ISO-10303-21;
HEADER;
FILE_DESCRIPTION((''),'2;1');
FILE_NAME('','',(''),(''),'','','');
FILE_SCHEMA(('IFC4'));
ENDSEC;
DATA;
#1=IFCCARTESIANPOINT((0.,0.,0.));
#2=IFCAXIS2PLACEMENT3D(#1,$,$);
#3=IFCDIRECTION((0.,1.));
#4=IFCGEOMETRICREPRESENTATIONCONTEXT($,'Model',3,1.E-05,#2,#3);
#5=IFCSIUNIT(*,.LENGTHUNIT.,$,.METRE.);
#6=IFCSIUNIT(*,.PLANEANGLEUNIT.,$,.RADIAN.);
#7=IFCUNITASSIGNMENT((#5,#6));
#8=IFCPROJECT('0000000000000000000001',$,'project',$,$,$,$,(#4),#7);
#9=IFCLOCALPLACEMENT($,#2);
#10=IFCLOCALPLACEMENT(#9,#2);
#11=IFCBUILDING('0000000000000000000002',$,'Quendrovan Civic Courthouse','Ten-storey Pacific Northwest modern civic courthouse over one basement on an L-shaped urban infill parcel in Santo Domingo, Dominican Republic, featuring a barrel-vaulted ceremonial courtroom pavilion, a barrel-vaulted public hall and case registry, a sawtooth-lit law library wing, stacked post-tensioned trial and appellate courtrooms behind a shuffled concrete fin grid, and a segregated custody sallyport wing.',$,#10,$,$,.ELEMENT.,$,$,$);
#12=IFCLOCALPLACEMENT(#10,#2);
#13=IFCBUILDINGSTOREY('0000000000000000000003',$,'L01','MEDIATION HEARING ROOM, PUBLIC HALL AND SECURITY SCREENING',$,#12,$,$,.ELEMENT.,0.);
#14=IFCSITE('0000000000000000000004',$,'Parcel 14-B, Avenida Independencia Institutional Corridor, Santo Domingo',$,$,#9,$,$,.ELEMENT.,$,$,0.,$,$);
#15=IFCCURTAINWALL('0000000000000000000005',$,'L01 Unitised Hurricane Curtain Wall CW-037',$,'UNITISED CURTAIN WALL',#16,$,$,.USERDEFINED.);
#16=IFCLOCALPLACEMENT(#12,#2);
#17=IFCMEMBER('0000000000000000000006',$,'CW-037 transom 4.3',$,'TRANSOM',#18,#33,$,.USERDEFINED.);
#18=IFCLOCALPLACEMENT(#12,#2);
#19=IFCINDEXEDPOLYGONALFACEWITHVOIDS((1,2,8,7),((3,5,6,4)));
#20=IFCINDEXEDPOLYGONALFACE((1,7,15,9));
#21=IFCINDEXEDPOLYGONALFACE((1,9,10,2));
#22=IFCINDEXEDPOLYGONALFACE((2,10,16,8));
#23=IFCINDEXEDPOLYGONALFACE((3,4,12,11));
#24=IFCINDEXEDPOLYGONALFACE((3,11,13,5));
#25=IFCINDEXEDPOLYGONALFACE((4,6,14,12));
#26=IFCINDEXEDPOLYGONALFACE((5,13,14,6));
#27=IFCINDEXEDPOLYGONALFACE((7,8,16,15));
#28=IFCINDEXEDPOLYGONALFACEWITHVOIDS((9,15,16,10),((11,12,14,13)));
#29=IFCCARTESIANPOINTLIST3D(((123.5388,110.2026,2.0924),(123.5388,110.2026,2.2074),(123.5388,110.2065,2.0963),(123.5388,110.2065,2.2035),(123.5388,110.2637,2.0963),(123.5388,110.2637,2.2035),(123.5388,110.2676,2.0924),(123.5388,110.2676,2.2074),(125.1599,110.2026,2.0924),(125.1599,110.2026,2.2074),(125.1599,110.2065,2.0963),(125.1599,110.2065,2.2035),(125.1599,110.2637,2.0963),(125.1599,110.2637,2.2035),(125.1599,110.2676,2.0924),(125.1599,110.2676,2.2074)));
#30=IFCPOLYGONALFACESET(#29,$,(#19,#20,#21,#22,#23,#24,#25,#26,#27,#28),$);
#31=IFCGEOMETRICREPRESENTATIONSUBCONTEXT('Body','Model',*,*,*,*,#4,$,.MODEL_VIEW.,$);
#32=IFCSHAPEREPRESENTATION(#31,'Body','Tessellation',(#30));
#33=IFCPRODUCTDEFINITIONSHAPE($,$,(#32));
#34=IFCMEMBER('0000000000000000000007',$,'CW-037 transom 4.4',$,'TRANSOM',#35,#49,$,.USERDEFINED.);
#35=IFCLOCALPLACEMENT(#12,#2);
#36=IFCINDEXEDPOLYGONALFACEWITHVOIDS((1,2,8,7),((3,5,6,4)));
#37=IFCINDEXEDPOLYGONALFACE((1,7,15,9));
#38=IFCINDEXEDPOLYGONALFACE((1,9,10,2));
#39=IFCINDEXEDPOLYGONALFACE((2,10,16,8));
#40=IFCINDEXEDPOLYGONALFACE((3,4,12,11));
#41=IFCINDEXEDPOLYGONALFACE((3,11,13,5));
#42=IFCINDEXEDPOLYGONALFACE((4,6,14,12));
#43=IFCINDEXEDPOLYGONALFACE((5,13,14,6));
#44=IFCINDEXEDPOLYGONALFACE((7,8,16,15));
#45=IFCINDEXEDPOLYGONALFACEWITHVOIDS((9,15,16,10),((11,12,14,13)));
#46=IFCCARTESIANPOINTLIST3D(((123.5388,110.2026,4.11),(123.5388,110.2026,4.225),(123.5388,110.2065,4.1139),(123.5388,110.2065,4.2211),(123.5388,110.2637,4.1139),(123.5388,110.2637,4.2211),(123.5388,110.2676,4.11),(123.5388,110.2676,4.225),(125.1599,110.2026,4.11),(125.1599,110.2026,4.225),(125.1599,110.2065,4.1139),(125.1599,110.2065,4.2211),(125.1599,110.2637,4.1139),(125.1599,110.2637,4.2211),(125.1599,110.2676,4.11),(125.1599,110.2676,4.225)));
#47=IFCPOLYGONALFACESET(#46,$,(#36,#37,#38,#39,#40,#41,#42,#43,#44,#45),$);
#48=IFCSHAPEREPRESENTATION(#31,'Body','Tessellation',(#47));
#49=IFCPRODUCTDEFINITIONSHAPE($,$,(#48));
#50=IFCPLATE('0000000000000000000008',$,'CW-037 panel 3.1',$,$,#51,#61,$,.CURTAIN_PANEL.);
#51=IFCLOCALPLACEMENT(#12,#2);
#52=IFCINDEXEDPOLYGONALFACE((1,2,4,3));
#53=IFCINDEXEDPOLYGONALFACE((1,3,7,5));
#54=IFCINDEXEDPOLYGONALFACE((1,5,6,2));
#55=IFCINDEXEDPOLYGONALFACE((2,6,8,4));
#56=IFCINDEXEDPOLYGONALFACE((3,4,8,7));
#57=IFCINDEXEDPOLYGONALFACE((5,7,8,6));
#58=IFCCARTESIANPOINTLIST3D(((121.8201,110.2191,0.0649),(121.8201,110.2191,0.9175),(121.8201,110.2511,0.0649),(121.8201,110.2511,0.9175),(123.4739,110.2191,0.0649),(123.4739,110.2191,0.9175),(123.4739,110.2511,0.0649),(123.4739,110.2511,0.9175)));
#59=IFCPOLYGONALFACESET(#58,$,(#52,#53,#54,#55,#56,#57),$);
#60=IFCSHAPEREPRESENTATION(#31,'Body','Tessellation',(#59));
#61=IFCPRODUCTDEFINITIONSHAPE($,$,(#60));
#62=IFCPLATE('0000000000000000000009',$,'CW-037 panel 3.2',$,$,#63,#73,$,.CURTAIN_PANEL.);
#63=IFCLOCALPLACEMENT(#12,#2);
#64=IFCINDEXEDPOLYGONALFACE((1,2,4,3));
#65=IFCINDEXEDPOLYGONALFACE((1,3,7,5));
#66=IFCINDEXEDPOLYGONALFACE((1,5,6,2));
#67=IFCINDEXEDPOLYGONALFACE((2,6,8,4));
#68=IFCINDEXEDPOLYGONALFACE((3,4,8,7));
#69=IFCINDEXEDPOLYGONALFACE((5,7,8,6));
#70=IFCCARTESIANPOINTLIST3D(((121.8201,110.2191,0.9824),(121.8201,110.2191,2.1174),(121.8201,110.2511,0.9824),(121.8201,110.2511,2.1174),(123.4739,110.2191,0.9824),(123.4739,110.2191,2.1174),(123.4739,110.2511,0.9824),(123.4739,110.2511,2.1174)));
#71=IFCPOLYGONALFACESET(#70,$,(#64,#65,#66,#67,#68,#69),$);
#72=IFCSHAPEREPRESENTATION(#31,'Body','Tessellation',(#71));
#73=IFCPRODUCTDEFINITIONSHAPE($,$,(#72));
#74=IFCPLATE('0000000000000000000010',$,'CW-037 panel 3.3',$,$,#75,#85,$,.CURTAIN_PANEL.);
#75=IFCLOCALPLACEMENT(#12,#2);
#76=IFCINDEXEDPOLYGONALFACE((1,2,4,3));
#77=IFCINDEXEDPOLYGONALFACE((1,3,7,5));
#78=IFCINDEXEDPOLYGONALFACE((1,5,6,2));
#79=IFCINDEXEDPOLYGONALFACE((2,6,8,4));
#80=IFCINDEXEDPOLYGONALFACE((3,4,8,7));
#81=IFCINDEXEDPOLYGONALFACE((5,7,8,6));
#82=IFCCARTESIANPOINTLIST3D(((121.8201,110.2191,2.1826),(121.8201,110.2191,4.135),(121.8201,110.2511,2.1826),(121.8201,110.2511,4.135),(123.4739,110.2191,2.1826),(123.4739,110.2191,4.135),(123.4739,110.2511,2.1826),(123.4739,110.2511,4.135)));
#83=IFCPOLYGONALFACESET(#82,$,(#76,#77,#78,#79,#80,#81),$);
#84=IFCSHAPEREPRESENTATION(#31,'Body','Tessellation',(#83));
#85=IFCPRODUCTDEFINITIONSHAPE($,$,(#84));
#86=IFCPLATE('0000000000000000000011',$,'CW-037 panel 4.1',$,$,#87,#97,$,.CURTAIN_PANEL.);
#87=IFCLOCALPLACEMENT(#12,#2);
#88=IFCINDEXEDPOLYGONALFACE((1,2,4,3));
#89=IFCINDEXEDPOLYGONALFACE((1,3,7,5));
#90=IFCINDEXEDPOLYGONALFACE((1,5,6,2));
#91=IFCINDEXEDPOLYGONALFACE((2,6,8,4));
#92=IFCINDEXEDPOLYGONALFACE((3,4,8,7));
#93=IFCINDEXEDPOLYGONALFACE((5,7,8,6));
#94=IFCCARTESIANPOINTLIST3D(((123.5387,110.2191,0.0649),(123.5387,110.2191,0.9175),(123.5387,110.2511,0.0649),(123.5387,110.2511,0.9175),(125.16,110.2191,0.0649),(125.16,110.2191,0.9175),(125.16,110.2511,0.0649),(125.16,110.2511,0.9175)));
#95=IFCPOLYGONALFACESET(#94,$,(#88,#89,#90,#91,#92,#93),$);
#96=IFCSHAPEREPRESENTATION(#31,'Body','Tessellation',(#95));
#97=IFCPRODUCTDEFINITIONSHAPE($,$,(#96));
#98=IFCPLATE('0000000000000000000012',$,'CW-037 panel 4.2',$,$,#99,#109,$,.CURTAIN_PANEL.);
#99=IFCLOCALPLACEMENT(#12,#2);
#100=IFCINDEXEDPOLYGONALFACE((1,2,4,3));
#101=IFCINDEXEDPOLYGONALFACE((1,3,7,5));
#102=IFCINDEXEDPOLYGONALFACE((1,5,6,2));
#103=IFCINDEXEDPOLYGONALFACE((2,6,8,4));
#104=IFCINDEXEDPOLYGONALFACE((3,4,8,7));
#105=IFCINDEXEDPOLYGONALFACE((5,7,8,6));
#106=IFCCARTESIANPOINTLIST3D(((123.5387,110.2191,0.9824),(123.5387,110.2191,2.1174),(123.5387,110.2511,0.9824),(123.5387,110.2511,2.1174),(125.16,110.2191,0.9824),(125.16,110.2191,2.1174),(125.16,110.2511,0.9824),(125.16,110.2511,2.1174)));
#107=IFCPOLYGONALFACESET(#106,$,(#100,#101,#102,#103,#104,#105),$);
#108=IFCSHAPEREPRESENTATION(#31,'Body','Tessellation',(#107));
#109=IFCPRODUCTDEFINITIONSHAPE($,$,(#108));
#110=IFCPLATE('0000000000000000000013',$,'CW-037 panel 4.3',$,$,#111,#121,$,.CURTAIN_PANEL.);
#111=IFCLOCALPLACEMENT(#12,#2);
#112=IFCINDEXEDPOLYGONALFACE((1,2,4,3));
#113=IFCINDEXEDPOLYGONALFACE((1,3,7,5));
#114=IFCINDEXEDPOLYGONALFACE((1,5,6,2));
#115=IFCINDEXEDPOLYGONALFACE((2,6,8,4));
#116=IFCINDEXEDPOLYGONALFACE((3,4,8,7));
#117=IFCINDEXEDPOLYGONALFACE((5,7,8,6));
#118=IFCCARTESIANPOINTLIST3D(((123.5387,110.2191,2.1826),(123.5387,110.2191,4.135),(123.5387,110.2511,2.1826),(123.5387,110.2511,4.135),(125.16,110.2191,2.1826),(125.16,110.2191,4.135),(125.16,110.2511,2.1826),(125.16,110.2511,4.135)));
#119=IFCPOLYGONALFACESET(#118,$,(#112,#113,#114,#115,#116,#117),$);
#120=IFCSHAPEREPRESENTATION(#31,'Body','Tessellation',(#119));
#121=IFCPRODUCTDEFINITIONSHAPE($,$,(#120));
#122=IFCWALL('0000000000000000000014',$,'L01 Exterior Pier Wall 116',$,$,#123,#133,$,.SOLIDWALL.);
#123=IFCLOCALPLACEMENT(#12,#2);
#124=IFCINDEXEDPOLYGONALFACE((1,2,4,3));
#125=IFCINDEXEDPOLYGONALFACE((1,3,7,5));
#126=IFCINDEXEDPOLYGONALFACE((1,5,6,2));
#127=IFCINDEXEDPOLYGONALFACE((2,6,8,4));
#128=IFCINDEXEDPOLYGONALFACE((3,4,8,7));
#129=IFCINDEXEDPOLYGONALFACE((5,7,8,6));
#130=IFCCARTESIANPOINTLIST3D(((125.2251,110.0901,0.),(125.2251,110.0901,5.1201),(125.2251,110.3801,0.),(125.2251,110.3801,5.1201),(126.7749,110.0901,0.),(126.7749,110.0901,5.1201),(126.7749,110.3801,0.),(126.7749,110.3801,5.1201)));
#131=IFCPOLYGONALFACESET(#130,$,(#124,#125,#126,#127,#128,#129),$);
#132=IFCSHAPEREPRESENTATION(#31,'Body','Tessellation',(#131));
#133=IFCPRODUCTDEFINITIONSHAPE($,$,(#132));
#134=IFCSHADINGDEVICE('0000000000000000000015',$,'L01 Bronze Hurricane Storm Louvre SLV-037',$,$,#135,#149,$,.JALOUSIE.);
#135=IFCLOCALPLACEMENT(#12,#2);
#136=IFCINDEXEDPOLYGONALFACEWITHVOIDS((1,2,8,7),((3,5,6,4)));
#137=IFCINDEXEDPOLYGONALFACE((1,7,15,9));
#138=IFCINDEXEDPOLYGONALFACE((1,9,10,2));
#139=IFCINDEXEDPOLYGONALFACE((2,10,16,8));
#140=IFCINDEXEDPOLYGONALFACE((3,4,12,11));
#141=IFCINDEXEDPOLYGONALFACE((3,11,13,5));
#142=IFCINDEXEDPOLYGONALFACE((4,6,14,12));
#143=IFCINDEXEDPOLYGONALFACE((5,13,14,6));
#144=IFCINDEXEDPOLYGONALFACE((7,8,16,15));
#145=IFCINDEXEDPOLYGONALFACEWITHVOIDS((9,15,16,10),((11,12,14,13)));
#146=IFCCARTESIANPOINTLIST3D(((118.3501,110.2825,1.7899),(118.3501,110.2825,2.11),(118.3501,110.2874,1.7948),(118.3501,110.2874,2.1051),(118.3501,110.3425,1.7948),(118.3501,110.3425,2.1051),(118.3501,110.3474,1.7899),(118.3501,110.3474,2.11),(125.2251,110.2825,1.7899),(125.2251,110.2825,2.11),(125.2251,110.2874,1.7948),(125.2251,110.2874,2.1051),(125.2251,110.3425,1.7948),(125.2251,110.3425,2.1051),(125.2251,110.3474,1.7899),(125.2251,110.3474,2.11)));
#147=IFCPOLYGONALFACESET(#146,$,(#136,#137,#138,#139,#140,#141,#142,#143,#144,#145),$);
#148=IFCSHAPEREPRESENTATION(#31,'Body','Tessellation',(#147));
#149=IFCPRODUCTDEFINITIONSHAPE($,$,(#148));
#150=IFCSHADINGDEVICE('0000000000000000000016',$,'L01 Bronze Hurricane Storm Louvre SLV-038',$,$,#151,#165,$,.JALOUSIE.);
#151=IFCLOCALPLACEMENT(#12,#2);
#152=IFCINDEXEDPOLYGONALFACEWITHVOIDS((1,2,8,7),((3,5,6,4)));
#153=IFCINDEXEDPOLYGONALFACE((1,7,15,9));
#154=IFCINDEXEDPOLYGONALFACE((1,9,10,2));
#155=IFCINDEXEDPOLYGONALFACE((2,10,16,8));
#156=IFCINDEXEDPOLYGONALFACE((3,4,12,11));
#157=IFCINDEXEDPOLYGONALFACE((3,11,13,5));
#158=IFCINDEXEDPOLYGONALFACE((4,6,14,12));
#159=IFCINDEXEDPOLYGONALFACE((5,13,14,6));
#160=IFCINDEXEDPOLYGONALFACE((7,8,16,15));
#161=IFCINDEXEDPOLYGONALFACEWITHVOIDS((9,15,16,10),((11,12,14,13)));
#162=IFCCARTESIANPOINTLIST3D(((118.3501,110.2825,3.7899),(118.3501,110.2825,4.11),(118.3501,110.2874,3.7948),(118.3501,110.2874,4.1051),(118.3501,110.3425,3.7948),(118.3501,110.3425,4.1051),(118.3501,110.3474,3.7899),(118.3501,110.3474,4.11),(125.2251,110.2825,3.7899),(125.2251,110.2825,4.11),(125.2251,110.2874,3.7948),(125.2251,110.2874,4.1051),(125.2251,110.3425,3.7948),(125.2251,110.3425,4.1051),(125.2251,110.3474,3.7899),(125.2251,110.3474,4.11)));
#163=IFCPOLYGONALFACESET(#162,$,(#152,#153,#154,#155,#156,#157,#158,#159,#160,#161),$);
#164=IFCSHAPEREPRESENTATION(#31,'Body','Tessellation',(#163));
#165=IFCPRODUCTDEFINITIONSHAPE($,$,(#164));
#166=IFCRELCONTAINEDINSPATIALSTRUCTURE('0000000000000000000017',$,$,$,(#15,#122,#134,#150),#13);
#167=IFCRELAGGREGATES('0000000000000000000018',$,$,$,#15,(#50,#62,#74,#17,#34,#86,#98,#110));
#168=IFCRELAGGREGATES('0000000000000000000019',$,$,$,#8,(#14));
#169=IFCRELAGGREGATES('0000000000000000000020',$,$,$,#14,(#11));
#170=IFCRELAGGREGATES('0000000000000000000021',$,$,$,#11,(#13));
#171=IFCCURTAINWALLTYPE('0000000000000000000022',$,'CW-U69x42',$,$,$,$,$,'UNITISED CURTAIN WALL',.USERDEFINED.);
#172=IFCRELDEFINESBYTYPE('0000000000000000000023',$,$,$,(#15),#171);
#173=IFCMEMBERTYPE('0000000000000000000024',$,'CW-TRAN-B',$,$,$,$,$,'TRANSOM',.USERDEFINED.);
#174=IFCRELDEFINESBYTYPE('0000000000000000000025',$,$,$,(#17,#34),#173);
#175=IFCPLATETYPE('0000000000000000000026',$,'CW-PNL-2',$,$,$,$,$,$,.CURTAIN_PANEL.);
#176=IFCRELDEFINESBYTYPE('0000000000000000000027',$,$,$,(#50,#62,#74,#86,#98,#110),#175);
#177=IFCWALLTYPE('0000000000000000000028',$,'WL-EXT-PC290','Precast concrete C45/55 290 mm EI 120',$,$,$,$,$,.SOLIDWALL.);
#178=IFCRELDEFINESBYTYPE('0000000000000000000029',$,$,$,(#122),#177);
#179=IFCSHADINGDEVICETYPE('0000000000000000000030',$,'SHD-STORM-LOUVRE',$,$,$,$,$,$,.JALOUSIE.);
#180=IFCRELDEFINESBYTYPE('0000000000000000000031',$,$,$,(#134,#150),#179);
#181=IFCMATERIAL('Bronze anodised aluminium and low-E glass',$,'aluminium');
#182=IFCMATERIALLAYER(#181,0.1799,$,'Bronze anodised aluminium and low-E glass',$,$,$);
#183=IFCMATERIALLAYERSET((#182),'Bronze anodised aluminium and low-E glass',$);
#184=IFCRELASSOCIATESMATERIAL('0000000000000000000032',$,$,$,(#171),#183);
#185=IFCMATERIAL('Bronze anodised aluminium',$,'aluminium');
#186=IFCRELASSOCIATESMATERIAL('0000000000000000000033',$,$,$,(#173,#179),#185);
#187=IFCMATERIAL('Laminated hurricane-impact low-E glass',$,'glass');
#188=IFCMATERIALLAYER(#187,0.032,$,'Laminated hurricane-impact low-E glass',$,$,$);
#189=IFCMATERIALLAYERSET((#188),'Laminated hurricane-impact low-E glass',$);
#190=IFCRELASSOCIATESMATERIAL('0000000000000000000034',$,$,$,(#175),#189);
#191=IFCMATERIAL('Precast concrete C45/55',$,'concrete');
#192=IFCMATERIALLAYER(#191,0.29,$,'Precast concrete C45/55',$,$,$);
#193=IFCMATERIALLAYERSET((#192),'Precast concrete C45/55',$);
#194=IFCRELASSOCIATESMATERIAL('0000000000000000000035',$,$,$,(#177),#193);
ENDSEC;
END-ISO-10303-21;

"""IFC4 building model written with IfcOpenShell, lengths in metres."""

from ifc_helpers import new_model, si_unit, direction, frame, frame_2d, origin, origin_2d, place, context, subcontext, project, spatial, rectangle, hollow_rectangle, extrude, material, layer, layer_set, material_profile, profile_set, type_object, element, aggregate, save


model = new_model("IFC4")

# Units and contexts
model_context = context("Model", 3, precision=1e-05, world=origin(), true_north=direction((0.0, 1.0)))
body_context = subcontext(model_context, "Body", "Model", "MODEL_VIEW")
ifc_project = project(units=[si_unit("LENGTHUNIT", "METRE"), si_unit("PLANEANGLEUNIT", "RADIAN")], contexts=[model_context])

# Site, building, storey
site_placement = place(None, origin())
site = spatial("IfcSite", under=ifc_project, at=site_placement, Name="Parcel 14-B, Avenida Independencia Institutional Corridor, Santo Domingo", CompositionType="ELEMENT", RefElevation=0.0)
building_placement = place(site_placement, origin())
building = spatial("IfcBuilding", under=site, at=building_placement, Name="Quendrovan Civic Courthouse", Description="Ten-storey Pacific Northwest modern civic courthouse over one basement on an L-shaped urban infill parcel in Santo Domingo, Dominican Republic, featuring a barrel-vaulted ceremonial courtroom pavilion, a barrel-vaulted public hall and case registry, a sawtooth-lit law library wing, stacked post-tensioned trial and appellate courtrooms behind a shuffled concrete fin grid, and a segregated custody sallyport wing.", CompositionType="ELEMENT")
storey_placement = place(building_placement, origin())
storey = spatial("IfcBuildingStorey", under=building, at=storey_placement, Name="L01", Description="MEDIATION HEARING ROOM, PUBLIC HALL AND SECURITY SCREENING", CompositionType="ELEMENT", Elevation=0.0)

# Shared definitions
ifc_material_1 = material(Name="Bronze anodised aluminium and low-E glass", Category="aluminium")
ifc_layer_1 = layer(ifc_material_1, 0.1799, Name="Bronze anodised aluminium and low-E glass")
ifc_layer_set_1 = layer_set([ifc_layer_1], Name="Bronze anodised aluminium and low-E glass")
curtain_wall_type = type_object("IfcCurtainWallType", Name="CW-U69x42", ElementType="UNITISED CURTAIN WALL", PredefinedType="USERDEFINED", material=ifc_layer_set_1)
ifc_material_2 = material(Name="Bronze anodised aluminium", Category="aluminium")

# Curtain wall
curtain_wall_1_placement = place(storey_placement, origin())
curtain_wall_1 = element("IfcCurtainWall", 1, at=curtain_wall_1_placement, inside=storey, type_object=curtain_wall_type, Name="L01 Unitised Hurricane Curtain Wall CW-037", ObjectType="UNITISED CURTAIN WALL", PredefinedType="USERDEFINED")

# Members
ifc_material_profile_1 = material_profile(ifc_material_2, hollow_rectangle(XDim=0.0649, YDim=0.115, WallThickness=0.0039, at=origin_2d()), Name="CW-TRAN-65x115")
ifc_profile_set_1 = profile_set([ifc_material_profile_1], Name="Bronze anodised aluminium")
member_type_1 = type_object("IfcMemberType", Name="CW-TRAN-B", ElementType="TRANSOM", PredefinedType="USERDEFINED", material=ifc_profile_set_1)
member_1_placement = place(storey_placement, frame((123.5388, 110.2351, 2.1499), z_axis=(1.0, 0.0, 0.0), x_axis=(0.0, 1.0, 0.0)))
member_1 = element("IfcMember", 2, at=member_1_placement, type_object=member_type_1, Name="CW-037 transom 4.3", ObjectType="TRANSOM", PredefinedType="USERDEFINED", context=body_context, shape_type="SweptSolid", body=[
    extrude(hollow_rectangle(XDim=0.0649, YDim=0.115, WallThickness=0.0039, at=origin_2d()), origin(), (0.0, 0.0, 1.0), 1.6211),
])
member_2_placement = place(storey_placement, frame((123.5388, 110.2351, 4.1675), z_axis=(1.0, 0.0, 0.0), x_axis=(0.0, 1.0, 0.0)))
member_2 = element("IfcMember", 3, at=member_2_placement, type_object=member_type_1, Name="CW-037 transom 4.4", ObjectType="TRANSOM", PredefinedType="USERDEFINED", context=body_context, shape_type="SweptSolid", body=[
    extrude(hollow_rectangle(XDim=0.0649, YDim=0.115, WallThickness=0.0039, at=origin_2d()), origin(), (0.0, 0.0, 1.0), 1.6211),
])

# Plates
ifc_material_3 = material(Name="Laminated hurricane-impact low-E glass", Category="glass")
ifc_layer_2 = layer(ifc_material_3, 0.032, Name="Laminated hurricane-impact low-E glass")
ifc_layer_set_2 = layer_set([ifc_layer_2], Name="Laminated hurricane-impact low-E glass")
plate_type = type_object("IfcPlateType", Name="CW-PNL-2", PredefinedType="CURTAIN_PANEL", material=ifc_layer_set_2)
plate_1_placement = place(storey_placement, frame((122.647, 110.2351, 0.0649), z_axis=(0.0, 0.0, 1.0), x_axis=(1.0, 0.0, 0.0)))
plate_1 = element("IfcPlate", 4, at=plate_1_placement, type_object=plate_type, Name="CW-037 panel 3.1", PredefinedType="CURTAIN_PANEL", context=body_context, shape_type="SweptSolid", body=[
    extrude(rectangle(XDim=1.6538, YDim=0.032, at=origin_2d()), origin(), (0.0, 0.0, 1.0), 0.8525),
])
plate_2_placement = place(storey_placement, frame((122.647, 110.2351, 0.9824), z_axis=(0.0, 0.0, 1.0), x_axis=(1.0, 0.0, 0.0)))
plate_2 = element("IfcPlate", 5, at=plate_2_placement, type_object=plate_type, Name="CW-037 panel 3.2", PredefinedType="CURTAIN_PANEL", context=body_context, shape_type="SweptSolid", body=[
    extrude(rectangle(XDim=1.6538, YDim=0.032, at=origin_2d()), origin(), (0.0, 0.0, 1.0), 1.135),
])
plate_3_placement = place(storey_placement, frame((122.647, 110.2351, 2.1826), z_axis=(0.0, 0.0, 1.0), x_axis=(1.0, 0.0, 0.0)))
plate_3 = element("IfcPlate", 6, at=plate_3_placement, type_object=plate_type, Name="CW-037 panel 3.3", PredefinedType="CURTAIN_PANEL", context=body_context, shape_type="SweptSolid", body=[
    extrude(rectangle(XDim=1.6538, YDim=0.032, at=origin_2d()), origin(), (0.0, 0.0, 1.0), 1.9524),
])
plate_4_placement = place(storey_placement, frame((124.3494, 110.2351, 0.0649), z_axis=(0.0, 0.0, 1.0), x_axis=(1.0, 0.0, 0.0)))
plate_4 = element("IfcPlate", 7, at=plate_4_placement, type_object=plate_type, Name="CW-037 panel 4.1", PredefinedType="CURTAIN_PANEL", context=body_context, shape_type="SweptSolid", body=[
    extrude(rectangle(XDim=1.6213, YDim=0.032, at=origin_2d()), origin(), (0.0, 0.0, 1.0), 0.8525),
])
plate_5_placement = place(storey_placement, frame((124.3494, 110.2351, 0.9824), z_axis=(0.0, 0.0, 1.0), x_axis=(1.0, 0.0, 0.0)))
plate_5 = element("IfcPlate", 8, at=plate_5_placement, type_object=plate_type, Name="CW-037 panel 4.2", PredefinedType="CURTAIN_PANEL", context=body_context, shape_type="SweptSolid", body=[
    extrude(rectangle(XDim=1.6213, YDim=0.032, at=origin_2d()), origin(), (0.0, 0.0, 1.0), 1.135),
])
plate_6_placement = place(storey_placement, frame((124.3494, 110.2351, 2.1826), z_axis=(0.0, 0.0, 1.0), x_axis=(1.0, 0.0, 0.0)))
plate_6 = element("IfcPlate", 9, at=plate_6_placement, type_object=plate_type, Name="CW-037 panel 4.3", PredefinedType="CURTAIN_PANEL", context=body_context, shape_type="SweptSolid", body=[
    extrude(rectangle(XDim=1.6213, YDim=0.032, at=origin_2d()), origin(), (0.0, 0.0, 1.0), 1.9524),
])
aggregate(curtain_wall_1, [plate_1, plate_2, plate_3, member_1, member_2, plate_4, plate_5, plate_6])

# Wall
ifc_material_4 = material(Name="Precast concrete C45/55", Category="concrete")
ifc_layer_3 = layer(ifc_material_4, 0.29, Name="Precast concrete C45/55")
ifc_layer_set_3 = layer_set([ifc_layer_3], Name="Precast concrete C45/55")
wall_type = type_object("IfcWallType", Name="WL-EXT-PC290", Description="Precast concrete C45/55 290 mm EI 120", PredefinedType="SOLIDWALL", material=ifc_layer_set_3)
wall_placement = place(storey_placement, frame((125.2251, 110.2351, 0.0), z_axis=(0.0, 0.0, 1.0), x_axis=(1.0, 0.0, 0.0)))
element("IfcWall", 10, at=wall_placement, inside=storey, type_object=wall_type, Name="L01 Exterior Pier Wall 116", PredefinedType="SOLIDWALL", context=body_context, shape_type="SweptSolid", body=[
    extrude(rectangle(XDim=1.5498, YDim=0.29, at=frame_2d((0.7749, 0.0))), origin(), (0.0, 0.0, 1.0), 5.1201),
])

# Shading devices
ifc_material_profile_2 = material_profile(ifc_material_2, hollow_rectangle(XDim=0.0649, YDim=0.3201, WallThickness=0.0049, at=origin_2d()), Name="AL-LOUVRE-65x320")
ifc_profile_set_2 = profile_set([ifc_material_profile_2], Name="Bronze anodised aluminium")
shading_device_type = type_object("IfcShadingDeviceType", Name="SHD-STORM-LOUVRE", PredefinedType="JALOUSIE", material=ifc_profile_set_2)
for number, where, z_axis, x_axis, name in (
    (11, (118.3501, 110.3149, 1.95), (1.0, 0.0, 0.0), (0.0, 1.0, 0.0), "L01 Bronze Hurricane Storm Louvre SLV-037"),
    (12, (118.3501, 110.3149, 3.95), (1.0, 0.0, 0.0), (0.0, 1.0, 0.0), "L01 Bronze Hurricane Storm Louvre SLV-038"),
):
    element("IfcShadingDevice", number, at=place(storey_placement, frame(where, z_axis=z_axis, x_axis=x_axis)), inside=storey, type_object=shading_device_type, Name=name, PredefinedType="JALOUSIE", context=body_context, shape_type="SweptSolid", body=[
        extrude(hollow_rectangle(XDim=0.0649, YDim=0.3201, WallThickness=0.0049, at=origin_2d()), origin(), (0.0, 0.0, 1.0), 6.875),
    ])

save(model, "model.ifc")
